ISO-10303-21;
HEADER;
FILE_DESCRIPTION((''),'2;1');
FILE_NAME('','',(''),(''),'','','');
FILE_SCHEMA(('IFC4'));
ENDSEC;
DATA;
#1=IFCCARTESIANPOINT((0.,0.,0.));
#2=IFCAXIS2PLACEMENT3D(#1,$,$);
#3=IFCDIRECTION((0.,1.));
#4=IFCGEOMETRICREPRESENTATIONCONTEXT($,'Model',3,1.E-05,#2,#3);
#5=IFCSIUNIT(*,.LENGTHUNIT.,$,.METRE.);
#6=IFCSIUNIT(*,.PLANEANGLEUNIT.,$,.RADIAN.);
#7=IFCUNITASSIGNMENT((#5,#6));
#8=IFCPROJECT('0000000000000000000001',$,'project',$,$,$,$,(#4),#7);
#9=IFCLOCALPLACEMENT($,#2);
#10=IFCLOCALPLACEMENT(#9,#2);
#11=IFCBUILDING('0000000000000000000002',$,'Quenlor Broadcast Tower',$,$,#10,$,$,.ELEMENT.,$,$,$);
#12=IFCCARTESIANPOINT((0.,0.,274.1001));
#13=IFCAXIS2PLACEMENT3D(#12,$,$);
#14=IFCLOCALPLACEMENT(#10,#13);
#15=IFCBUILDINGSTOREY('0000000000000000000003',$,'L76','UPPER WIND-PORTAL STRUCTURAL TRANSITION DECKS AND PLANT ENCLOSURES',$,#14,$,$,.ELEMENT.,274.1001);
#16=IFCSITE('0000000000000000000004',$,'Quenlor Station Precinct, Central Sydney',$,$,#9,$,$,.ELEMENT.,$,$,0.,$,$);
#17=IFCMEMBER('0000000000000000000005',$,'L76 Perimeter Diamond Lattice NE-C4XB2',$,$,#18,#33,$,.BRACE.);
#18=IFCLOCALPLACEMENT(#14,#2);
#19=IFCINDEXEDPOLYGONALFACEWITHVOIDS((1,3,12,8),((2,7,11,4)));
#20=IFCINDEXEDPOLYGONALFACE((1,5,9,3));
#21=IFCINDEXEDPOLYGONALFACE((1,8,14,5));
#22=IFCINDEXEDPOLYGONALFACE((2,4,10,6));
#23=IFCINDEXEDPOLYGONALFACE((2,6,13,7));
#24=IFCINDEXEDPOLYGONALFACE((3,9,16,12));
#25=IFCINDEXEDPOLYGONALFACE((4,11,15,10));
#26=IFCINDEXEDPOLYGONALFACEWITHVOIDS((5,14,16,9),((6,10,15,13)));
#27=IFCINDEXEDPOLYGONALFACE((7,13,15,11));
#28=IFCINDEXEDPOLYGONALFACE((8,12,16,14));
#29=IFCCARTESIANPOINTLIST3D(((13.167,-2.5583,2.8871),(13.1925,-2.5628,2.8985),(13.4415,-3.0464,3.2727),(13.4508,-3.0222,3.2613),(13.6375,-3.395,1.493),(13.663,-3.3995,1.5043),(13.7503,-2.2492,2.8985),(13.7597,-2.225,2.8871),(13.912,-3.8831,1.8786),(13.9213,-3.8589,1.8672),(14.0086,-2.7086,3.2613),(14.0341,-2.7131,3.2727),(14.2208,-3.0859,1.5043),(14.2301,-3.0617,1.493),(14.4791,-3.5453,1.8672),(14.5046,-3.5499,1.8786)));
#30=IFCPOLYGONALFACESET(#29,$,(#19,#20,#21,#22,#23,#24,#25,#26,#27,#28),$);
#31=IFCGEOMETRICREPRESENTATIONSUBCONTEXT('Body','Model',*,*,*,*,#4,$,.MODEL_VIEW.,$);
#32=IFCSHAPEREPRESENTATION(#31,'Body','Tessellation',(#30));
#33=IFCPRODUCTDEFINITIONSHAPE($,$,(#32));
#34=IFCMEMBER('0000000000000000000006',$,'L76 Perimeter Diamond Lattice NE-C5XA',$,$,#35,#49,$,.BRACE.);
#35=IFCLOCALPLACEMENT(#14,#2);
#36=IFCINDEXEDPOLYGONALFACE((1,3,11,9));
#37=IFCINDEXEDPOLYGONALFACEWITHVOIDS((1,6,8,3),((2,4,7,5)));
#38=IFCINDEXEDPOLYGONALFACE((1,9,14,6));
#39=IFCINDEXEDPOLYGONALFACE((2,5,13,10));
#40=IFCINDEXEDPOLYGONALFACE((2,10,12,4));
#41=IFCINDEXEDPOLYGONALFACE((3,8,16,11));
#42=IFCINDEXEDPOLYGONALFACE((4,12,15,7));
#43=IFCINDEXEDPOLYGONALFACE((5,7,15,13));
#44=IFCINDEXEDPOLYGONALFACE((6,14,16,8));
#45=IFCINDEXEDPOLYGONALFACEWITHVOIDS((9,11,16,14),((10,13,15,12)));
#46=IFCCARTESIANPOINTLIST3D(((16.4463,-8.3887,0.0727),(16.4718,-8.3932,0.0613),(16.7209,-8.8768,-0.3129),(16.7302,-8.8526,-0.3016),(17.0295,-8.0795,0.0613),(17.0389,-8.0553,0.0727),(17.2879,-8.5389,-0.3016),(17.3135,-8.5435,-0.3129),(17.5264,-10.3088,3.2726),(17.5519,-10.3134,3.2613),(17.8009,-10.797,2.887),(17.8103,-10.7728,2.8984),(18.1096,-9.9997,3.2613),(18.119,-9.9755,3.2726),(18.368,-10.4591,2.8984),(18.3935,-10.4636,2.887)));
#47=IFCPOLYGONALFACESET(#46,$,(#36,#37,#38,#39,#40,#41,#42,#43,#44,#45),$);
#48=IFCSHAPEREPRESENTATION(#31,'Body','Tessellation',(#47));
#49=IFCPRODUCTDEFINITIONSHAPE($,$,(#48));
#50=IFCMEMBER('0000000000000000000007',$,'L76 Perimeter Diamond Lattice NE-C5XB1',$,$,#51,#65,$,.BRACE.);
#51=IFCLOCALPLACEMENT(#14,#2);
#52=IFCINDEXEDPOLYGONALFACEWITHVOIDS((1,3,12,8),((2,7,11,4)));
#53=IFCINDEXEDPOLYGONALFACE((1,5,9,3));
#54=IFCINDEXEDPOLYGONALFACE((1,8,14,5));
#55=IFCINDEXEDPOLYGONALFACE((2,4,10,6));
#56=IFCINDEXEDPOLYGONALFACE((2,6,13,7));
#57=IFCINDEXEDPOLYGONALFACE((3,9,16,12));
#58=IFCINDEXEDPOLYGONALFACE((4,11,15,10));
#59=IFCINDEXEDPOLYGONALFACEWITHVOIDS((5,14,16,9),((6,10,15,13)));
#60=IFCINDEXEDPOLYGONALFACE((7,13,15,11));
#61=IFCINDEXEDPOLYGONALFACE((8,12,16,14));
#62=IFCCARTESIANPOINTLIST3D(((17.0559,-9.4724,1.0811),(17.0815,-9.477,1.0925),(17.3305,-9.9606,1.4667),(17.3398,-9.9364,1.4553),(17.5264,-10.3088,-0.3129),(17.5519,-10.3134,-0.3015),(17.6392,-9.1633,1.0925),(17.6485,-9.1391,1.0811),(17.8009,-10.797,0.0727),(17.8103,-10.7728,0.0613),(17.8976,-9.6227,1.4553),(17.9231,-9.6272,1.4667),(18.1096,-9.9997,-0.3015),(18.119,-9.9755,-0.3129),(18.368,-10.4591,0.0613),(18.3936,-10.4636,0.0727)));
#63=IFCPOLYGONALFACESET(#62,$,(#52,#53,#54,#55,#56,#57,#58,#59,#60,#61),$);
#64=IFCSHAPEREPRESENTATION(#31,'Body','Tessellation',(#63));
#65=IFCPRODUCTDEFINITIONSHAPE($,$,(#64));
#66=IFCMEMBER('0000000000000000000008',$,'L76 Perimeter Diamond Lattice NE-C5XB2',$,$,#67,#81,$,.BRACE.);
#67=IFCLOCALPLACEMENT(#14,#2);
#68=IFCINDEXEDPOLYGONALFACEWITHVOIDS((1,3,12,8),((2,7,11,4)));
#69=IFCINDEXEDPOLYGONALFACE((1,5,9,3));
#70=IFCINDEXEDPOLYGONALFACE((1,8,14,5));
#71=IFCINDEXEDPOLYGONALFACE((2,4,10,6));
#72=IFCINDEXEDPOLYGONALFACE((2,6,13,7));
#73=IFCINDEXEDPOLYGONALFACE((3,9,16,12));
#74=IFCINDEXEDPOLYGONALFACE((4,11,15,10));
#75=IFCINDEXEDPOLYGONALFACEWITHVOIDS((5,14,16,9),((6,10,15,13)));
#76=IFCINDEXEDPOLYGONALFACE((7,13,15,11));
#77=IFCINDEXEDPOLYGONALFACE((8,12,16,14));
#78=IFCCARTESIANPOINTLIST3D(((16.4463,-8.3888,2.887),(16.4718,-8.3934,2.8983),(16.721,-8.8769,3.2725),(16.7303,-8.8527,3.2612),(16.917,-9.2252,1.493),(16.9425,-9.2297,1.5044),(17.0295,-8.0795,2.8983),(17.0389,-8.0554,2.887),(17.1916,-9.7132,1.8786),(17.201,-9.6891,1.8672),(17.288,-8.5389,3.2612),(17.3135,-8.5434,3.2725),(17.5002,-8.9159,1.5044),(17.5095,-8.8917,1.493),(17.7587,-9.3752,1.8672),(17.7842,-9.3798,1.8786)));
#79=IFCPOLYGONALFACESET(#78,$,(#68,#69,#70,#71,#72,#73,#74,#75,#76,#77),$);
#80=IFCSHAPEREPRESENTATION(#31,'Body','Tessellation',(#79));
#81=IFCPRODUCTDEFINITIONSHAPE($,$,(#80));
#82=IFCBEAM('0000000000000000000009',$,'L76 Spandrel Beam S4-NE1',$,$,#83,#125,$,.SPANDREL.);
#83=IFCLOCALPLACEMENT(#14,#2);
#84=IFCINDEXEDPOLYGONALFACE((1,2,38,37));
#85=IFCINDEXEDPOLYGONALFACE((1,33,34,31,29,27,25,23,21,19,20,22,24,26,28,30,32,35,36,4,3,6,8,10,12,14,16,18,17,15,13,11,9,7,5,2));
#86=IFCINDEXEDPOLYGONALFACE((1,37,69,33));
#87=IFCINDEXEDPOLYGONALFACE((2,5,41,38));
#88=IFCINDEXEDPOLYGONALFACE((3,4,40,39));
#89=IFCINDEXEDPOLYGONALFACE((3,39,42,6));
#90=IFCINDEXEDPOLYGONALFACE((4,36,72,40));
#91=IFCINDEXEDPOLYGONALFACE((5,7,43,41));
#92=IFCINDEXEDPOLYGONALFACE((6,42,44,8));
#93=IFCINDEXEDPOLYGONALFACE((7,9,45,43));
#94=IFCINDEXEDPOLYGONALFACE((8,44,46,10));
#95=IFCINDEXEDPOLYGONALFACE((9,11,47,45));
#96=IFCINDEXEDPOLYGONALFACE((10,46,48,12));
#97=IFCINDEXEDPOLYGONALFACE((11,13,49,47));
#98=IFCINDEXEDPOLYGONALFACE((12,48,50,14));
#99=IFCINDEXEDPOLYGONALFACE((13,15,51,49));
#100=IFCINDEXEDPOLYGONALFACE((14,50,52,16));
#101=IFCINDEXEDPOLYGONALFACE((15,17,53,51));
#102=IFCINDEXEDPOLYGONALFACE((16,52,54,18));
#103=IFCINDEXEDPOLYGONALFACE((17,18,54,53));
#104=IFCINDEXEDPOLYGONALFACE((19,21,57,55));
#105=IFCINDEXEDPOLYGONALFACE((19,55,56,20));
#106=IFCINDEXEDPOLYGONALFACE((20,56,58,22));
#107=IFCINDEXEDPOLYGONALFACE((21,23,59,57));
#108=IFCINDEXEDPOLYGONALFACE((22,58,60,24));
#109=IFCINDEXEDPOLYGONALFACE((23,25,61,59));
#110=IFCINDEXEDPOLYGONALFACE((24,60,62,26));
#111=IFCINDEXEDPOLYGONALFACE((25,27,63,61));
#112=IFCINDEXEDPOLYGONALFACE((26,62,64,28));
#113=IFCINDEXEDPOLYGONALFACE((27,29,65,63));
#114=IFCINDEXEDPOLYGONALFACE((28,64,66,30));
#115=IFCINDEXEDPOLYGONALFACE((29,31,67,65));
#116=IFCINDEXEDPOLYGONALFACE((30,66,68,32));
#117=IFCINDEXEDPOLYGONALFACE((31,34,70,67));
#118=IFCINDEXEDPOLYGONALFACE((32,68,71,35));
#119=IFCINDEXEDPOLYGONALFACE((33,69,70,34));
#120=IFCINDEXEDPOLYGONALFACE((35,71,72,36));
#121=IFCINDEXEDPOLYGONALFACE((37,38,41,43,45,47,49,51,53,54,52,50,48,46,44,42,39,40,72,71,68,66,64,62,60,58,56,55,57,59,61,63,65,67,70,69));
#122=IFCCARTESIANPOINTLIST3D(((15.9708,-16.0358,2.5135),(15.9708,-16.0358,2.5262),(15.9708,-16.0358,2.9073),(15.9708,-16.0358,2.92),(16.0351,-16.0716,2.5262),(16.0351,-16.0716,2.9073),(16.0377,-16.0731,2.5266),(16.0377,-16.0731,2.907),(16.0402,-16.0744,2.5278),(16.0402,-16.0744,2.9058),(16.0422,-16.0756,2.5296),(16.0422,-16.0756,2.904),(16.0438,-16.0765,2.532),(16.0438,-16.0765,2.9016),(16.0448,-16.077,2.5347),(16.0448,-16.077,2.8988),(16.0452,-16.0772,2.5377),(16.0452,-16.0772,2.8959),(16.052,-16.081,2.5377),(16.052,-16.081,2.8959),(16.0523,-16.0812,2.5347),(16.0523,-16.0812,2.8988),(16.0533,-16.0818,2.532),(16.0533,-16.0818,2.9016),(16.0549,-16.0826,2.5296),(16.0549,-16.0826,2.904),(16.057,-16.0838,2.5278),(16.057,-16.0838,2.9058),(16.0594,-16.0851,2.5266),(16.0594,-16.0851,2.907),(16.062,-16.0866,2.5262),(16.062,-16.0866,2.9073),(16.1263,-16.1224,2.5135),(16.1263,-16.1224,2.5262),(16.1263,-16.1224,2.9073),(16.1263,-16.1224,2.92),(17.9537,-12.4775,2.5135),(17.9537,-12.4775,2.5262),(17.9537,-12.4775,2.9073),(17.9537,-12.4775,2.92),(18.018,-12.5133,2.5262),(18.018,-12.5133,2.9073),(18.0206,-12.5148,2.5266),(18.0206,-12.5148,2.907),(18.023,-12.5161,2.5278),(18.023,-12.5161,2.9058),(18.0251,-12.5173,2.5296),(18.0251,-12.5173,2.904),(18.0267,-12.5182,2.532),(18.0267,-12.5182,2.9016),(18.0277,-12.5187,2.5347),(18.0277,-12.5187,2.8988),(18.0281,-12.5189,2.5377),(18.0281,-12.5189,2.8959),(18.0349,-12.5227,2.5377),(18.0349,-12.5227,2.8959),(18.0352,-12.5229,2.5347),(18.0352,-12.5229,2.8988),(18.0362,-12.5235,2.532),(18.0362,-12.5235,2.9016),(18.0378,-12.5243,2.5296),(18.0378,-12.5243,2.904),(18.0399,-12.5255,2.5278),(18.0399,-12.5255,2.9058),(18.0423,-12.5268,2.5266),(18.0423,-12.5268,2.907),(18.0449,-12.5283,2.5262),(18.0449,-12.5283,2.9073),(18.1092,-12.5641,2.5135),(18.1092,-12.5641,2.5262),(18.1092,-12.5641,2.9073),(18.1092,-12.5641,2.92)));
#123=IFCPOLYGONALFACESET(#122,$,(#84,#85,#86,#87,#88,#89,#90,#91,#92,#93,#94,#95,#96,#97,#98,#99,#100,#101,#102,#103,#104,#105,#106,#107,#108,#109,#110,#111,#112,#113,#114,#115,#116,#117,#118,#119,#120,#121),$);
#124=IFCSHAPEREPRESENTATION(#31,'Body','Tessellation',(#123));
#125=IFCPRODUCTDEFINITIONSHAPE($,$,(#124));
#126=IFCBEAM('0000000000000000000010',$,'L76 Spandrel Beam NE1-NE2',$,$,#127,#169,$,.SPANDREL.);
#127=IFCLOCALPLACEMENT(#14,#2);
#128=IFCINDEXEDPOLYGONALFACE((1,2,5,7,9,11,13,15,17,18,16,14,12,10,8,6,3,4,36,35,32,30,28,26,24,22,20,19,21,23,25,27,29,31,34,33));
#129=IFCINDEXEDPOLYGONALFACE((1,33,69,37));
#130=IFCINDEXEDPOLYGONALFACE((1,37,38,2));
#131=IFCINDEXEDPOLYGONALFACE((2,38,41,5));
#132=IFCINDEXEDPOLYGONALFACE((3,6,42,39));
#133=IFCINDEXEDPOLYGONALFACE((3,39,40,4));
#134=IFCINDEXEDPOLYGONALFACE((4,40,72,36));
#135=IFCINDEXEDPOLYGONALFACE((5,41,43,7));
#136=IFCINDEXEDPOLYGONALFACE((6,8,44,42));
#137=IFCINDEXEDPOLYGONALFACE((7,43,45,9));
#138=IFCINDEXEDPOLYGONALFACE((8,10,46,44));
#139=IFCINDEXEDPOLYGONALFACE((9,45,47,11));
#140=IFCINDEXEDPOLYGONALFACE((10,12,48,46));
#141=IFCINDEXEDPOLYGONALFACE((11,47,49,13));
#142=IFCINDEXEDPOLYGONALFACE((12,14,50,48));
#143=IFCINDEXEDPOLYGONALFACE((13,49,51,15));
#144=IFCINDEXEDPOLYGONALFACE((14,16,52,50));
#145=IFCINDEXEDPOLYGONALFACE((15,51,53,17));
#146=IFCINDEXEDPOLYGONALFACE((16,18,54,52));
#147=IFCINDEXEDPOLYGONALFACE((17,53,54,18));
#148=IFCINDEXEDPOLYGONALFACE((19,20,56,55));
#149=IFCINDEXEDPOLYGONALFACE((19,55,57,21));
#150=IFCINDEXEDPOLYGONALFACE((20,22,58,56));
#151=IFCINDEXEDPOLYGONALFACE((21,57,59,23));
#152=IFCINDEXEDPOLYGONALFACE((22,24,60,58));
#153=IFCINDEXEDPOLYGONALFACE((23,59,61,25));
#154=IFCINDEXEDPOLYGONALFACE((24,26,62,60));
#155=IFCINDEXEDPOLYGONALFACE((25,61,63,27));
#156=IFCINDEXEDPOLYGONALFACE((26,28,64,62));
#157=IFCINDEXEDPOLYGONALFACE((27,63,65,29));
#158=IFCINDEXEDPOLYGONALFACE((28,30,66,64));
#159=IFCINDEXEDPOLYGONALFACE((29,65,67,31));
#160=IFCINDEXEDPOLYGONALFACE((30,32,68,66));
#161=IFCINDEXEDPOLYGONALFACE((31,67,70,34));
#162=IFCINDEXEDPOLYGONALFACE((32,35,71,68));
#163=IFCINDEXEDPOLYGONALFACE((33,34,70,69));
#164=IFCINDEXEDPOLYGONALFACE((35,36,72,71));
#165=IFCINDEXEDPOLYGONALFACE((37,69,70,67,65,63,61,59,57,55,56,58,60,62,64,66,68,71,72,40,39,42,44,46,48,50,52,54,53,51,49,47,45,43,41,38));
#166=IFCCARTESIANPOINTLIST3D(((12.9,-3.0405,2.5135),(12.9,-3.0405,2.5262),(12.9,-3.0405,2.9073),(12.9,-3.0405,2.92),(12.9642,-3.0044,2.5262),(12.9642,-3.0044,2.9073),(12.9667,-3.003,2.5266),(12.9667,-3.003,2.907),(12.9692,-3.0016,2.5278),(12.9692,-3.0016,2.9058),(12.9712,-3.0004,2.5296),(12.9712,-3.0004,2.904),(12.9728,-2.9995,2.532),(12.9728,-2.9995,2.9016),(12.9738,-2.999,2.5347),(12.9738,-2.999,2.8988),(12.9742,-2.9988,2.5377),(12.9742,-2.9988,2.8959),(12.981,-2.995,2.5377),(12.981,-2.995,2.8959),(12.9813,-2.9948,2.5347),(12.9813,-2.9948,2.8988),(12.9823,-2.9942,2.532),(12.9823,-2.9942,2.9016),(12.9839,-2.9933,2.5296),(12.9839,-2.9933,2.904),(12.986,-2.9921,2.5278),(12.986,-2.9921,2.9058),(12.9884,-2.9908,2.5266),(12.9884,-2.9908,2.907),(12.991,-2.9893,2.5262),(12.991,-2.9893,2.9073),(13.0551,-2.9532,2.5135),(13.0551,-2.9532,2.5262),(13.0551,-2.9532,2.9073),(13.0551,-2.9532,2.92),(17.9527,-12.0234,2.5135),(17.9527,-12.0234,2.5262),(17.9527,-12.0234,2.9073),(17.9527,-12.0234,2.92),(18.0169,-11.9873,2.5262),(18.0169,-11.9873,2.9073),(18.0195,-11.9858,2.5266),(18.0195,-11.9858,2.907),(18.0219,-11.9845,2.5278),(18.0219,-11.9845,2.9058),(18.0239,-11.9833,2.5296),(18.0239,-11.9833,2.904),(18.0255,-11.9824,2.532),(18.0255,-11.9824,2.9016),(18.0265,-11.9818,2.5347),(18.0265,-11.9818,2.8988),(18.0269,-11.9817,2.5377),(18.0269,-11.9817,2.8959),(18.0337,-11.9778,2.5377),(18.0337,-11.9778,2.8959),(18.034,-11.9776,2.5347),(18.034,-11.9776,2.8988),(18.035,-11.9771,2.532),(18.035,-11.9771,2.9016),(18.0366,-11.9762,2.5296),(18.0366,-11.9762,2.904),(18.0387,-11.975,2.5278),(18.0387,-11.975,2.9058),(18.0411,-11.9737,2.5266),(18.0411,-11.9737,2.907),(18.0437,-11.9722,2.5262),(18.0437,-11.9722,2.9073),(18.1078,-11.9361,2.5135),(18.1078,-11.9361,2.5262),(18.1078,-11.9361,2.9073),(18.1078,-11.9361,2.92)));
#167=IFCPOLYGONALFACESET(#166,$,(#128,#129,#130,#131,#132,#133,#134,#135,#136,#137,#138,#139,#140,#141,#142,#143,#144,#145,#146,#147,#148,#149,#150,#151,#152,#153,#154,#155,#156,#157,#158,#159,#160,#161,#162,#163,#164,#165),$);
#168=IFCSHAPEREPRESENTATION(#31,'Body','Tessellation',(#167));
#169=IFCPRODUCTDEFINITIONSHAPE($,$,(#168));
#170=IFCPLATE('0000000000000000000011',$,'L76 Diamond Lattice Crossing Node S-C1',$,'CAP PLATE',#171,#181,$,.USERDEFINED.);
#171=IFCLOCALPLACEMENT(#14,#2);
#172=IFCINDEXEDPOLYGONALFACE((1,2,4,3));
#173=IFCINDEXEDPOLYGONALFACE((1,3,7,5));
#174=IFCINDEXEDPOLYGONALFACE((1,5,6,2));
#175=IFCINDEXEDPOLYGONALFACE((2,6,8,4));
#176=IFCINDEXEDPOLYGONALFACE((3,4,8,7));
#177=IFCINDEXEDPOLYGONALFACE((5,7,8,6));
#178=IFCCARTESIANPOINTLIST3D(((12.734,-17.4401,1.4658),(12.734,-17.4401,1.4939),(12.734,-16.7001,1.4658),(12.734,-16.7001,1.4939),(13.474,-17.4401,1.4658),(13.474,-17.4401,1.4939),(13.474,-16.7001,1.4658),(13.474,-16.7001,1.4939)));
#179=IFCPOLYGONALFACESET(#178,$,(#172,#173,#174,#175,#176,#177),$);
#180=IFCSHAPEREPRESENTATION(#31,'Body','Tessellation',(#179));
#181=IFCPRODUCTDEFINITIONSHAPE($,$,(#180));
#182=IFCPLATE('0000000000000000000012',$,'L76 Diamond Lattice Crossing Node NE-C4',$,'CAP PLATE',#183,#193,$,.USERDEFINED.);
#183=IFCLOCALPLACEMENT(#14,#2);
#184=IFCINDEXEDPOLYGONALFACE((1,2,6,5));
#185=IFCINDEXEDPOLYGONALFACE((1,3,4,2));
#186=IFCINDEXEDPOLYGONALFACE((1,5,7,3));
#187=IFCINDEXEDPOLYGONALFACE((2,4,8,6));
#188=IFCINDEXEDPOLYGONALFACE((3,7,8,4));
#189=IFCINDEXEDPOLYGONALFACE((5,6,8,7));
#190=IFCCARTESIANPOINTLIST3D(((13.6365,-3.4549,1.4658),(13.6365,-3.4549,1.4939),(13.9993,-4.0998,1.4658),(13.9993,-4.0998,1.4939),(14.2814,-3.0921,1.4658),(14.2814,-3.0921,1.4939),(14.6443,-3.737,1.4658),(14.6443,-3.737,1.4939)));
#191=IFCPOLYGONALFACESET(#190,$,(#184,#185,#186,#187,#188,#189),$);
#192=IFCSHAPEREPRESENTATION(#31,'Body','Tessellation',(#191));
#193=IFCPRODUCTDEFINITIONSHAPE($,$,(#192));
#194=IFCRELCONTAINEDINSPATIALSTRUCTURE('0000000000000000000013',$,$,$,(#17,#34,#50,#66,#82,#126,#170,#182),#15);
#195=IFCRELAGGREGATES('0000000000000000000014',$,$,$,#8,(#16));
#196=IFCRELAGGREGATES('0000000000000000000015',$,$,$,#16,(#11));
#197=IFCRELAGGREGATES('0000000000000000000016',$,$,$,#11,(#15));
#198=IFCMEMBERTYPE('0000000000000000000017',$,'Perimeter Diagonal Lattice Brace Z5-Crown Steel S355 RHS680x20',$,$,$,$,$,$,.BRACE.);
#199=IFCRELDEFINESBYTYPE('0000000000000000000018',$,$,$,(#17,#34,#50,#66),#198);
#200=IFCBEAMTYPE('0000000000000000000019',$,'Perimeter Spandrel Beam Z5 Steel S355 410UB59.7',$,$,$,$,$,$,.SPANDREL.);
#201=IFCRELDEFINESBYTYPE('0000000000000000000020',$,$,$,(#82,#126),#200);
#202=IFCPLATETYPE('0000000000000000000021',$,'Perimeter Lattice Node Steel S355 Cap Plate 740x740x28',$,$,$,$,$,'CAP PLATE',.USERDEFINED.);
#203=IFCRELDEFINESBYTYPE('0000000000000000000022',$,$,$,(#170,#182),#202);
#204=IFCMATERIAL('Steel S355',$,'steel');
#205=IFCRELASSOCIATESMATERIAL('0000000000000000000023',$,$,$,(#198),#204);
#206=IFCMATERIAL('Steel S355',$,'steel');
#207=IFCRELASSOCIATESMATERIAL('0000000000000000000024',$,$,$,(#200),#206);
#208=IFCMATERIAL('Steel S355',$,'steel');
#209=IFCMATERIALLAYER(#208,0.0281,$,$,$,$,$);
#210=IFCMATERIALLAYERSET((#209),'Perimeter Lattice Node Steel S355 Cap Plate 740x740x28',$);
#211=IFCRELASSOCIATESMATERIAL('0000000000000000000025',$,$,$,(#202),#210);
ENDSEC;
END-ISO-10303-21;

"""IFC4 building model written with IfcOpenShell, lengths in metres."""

from ifc_helpers import new_model, si_unit, direction, frame, origin, origin_2d, place, context, subcontext, project, spatial, rectangle, hollow_rectangle, i_section, extrude, material, layer, layer_set, material_profile, profile_set, type_object, element, save


model = new_model("IFC4")

# Units and contexts
model_context = context("Model", 3, precision=1e-05, world=origin(), true_north=direction((0.0, 1.0)))
body_context = subcontext(model_context, "Body", "Model", "MODEL_VIEW")
ifc_project = project(units=[si_unit("LENGTHUNIT", "METRE"), si_unit("PLANEANGLEUNIT", "RADIAN")], contexts=[model_context])

# Site, building, storey
site_placement = place(None, origin())
site = spatial("IfcSite", under=ifc_project, at=site_placement, Name="Quenlor Station Precinct, Central Sydney", CompositionType="ELEMENT", RefElevation=0.0)
building_placement = place(site_placement, origin())
building = spatial("IfcBuilding", under=site, at=building_placement, Name="Quenlor Broadcast Tower", CompositionType="ELEMENT")
storey_placement = place(building_placement, frame((0.0, 0.0, 274.1001)))
storey = spatial("IfcBuildingStorey", under=building, at=storey_placement, Name="L76", Description="UPPER WIND-PORTAL STRUCTURAL TRANSITION DECKS AND PLANT ENCLOSURES", CompositionType="ELEMENT", Elevation=274.1001)

# Members
ifc_material_1 = material(Name="Steel S355", Category="steel")
ifc_material_profile_1 = material_profile(ifc_material_1, hollow_rectangle(XDim=0.6799, YDim=0.6799, WallThickness=0.02, at=origin_2d()))
ifc_profile_set_1 = profile_set([ifc_material_profile_1], Name="Steel S355 RHS680x680x20")
member_type = type_object("IfcMemberType", Name="Perimeter Diagonal Lattice Brace Z5-Crown Steel S355 RHS680x20", PredefinedType="BRACE", material=ifc_profile_set_1)
member_1_placement = place(storey_placement, frame((14.071, -3.4724, 1.6858), z_axis=(-0.27796, 0.494327, 0.823638), x_axis=(-0.87165, -0.490128, 0.0)))
element("IfcMember", 1, at=member_1_placement, inside=storey, type_object=member_type, Name="L76 Perimeter Diamond Lattice NE-C4XB2", PredefinedType="BRACE", context=body_context, shape_type="SweptSolid", body=[
    extrude(hollow_rectangle(XDim=0.6799, YDim=0.6799, WallThickness=0.02, at=origin_2d()), origin(), (0.0, 0.0, 1.0), 1.6926),
])
member_2_placement = place(storey_placement, frame((16.8799, -8.4661, -0.1201), z_axis=(0.278012, -0.49425, 0.823666), x_axis=(0.871578, 0.490256, 0.0)))
element("IfcMember", 2, at=member_2_placement, inside=storey, type_object=member_type, Name="L76 Perimeter Diamond Lattice NE-C5XA", PredefinedType="BRACE", context=body_context, shape_type="SweptSolid", body=[
    extrude(hollow_rectangle(XDim=0.6799, YDim=0.6799, WallThickness=0.02, at=origin_2d()), origin(), (0.0, 0.0, 1.0), 3.885),
])
for number, where, z_axis, x_axis, name in (
    (3, (17.96, -10.3862, -0.1201), (-0.27798, 0.494218, 0.823697), (-0.871589, -0.490237, 0.0), "L76 Perimeter Diamond Lattice NE-C5XB1"),
    (4, (17.3506, -9.3025, 1.6858), (-0.278113, 0.494198, 0.823664), (-0.87148, -0.49043, 0.0), "L76 Perimeter Diamond Lattice NE-C5XB2"),
):
    element("IfcMember", number, at=place(storey_placement, frame(where, z_axis=z_axis, x_axis=x_axis)), inside=storey, type_object=member_type, Name=name, PredefinedType="BRACE", context=body_context, shape_type="SweptSolid", body=[
        extrude(hollow_rectangle(XDim=0.6799, YDim=0.6799, WallThickness=0.02, at=origin_2d()), origin(), (0.0, 0.0, 1.0), 1.6924),
    ])

# Beams
ifc_material_2 = material(Name="Steel S355", Category="steel")
ifc_material_profile_2 = material_profile(ifc_material_2, i_section(OverallWidth=0.178, OverallDepth=0.4065, WebThickness=0.0078, FlangeThickness=0.0127, FilletRadius=0.0115, at=origin_2d()))
ifc_profile_set_2 = profile_set([ifc_material_profile_2], Name="Steel S355 410UB59.7")
beam_type_1 = type_object("IfcBeamType", Name="Perimeter Spandrel Beam Z5 Steel S355 410UB59.7", PredefinedType="SPANDREL", material=ifc_profile_set_2)
beam_1_placement = place(storey_placement, frame((16.0486, -16.0791, 2.7168), z_axis=(0.486777, 0.873526, 0.0), x_axis=(-0.873526, 0.486777, 0.0)))
element("IfcBeam", 5, at=beam_1_placement, inside=storey, type_object=beam_type_1, Name="L76 Spandrel Beam S4-NE1", PredefinedType="SPANDREL", context=body_context, shape_type="SweptSolid", body=[
    extrude(i_section(OverallWidth=0.178, OverallDepth=0.4065, WebThickness=0.0078, FlangeThickness=0.0127, FilletRadius=0.0115, at=origin_2d()), origin(), (0.0, 0.0, 1.0), 4.0735),
])
beam_2_placement = place(storey_placement, frame((18.0303, -11.9797, 2.7168), z_axis=(-0.49025, 0.871582, 0.0), x_axis=(-0.871582, -0.49025, 0.0)))
element("IfcBeam", 6, at=beam_2_placement, inside=storey, type_object=beam_type_1, Name="L76 Spandrel Beam NE1-NE2", PredefinedType="SPANDREL", context=body_context, shape_type="SweptSolid", body=[
    extrude(i_section(OverallWidth=0.178, OverallDepth=0.4065, WebThickness=0.0078, FlangeThickness=0.0127, FilletRadius=0.0115, at=origin_2d()), origin(), (0.0, 0.0, 1.0), 10.3064),
])

# Plates
ifc_material_3 = material(Name="Steel S355", Category="steel")
ifc_layer_1 = layer(ifc_material_3, 0.0281)
ifc_layer_set_1 = layer_set([ifc_layer_1], Name="Perimeter Lattice Node Steel S355 Cap Plate 740x740x28")
plate_type_1 = type_object("IfcPlateType", Name="Perimeter Lattice Node Steel S355 Cap Plate 740x740x28", ElementType="CAP PLATE", PredefinedType="USERDEFINED", material=ifc_layer_set_1)
for number, where, z_axis, x_axis, name in (
    (7, (13.104, -17.0701, 1.4658), (0.0, 0.0, 1.0), (-1.0, 0.0, 0.0), "L76 Diamond Lattice Crossing Node S-C1"),
    (8, (14.1404, -3.5959, 1.4658), (0.0, 0.0, 1.0), (0.490295, -0.871556, 0.0), "L76 Diamond Lattice Crossing Node NE-C4"),
):
    element("IfcPlate", number, at=place(storey_placement, frame(where, z_axis=z_axis, x_axis=x_axis)), inside=storey, type_object=plate_type_1, Name=name, ObjectType="CAP PLATE", PredefinedType="USERDEFINED", context=body_context, shape_type="SweptSolid", body=[
        extrude(rectangle(XDim=0.74, YDim=0.74, at=origin_2d()), origin(), (0.0, 0.0, 1.0), 0.0281),
    ])

save(model, "model.ifc")
